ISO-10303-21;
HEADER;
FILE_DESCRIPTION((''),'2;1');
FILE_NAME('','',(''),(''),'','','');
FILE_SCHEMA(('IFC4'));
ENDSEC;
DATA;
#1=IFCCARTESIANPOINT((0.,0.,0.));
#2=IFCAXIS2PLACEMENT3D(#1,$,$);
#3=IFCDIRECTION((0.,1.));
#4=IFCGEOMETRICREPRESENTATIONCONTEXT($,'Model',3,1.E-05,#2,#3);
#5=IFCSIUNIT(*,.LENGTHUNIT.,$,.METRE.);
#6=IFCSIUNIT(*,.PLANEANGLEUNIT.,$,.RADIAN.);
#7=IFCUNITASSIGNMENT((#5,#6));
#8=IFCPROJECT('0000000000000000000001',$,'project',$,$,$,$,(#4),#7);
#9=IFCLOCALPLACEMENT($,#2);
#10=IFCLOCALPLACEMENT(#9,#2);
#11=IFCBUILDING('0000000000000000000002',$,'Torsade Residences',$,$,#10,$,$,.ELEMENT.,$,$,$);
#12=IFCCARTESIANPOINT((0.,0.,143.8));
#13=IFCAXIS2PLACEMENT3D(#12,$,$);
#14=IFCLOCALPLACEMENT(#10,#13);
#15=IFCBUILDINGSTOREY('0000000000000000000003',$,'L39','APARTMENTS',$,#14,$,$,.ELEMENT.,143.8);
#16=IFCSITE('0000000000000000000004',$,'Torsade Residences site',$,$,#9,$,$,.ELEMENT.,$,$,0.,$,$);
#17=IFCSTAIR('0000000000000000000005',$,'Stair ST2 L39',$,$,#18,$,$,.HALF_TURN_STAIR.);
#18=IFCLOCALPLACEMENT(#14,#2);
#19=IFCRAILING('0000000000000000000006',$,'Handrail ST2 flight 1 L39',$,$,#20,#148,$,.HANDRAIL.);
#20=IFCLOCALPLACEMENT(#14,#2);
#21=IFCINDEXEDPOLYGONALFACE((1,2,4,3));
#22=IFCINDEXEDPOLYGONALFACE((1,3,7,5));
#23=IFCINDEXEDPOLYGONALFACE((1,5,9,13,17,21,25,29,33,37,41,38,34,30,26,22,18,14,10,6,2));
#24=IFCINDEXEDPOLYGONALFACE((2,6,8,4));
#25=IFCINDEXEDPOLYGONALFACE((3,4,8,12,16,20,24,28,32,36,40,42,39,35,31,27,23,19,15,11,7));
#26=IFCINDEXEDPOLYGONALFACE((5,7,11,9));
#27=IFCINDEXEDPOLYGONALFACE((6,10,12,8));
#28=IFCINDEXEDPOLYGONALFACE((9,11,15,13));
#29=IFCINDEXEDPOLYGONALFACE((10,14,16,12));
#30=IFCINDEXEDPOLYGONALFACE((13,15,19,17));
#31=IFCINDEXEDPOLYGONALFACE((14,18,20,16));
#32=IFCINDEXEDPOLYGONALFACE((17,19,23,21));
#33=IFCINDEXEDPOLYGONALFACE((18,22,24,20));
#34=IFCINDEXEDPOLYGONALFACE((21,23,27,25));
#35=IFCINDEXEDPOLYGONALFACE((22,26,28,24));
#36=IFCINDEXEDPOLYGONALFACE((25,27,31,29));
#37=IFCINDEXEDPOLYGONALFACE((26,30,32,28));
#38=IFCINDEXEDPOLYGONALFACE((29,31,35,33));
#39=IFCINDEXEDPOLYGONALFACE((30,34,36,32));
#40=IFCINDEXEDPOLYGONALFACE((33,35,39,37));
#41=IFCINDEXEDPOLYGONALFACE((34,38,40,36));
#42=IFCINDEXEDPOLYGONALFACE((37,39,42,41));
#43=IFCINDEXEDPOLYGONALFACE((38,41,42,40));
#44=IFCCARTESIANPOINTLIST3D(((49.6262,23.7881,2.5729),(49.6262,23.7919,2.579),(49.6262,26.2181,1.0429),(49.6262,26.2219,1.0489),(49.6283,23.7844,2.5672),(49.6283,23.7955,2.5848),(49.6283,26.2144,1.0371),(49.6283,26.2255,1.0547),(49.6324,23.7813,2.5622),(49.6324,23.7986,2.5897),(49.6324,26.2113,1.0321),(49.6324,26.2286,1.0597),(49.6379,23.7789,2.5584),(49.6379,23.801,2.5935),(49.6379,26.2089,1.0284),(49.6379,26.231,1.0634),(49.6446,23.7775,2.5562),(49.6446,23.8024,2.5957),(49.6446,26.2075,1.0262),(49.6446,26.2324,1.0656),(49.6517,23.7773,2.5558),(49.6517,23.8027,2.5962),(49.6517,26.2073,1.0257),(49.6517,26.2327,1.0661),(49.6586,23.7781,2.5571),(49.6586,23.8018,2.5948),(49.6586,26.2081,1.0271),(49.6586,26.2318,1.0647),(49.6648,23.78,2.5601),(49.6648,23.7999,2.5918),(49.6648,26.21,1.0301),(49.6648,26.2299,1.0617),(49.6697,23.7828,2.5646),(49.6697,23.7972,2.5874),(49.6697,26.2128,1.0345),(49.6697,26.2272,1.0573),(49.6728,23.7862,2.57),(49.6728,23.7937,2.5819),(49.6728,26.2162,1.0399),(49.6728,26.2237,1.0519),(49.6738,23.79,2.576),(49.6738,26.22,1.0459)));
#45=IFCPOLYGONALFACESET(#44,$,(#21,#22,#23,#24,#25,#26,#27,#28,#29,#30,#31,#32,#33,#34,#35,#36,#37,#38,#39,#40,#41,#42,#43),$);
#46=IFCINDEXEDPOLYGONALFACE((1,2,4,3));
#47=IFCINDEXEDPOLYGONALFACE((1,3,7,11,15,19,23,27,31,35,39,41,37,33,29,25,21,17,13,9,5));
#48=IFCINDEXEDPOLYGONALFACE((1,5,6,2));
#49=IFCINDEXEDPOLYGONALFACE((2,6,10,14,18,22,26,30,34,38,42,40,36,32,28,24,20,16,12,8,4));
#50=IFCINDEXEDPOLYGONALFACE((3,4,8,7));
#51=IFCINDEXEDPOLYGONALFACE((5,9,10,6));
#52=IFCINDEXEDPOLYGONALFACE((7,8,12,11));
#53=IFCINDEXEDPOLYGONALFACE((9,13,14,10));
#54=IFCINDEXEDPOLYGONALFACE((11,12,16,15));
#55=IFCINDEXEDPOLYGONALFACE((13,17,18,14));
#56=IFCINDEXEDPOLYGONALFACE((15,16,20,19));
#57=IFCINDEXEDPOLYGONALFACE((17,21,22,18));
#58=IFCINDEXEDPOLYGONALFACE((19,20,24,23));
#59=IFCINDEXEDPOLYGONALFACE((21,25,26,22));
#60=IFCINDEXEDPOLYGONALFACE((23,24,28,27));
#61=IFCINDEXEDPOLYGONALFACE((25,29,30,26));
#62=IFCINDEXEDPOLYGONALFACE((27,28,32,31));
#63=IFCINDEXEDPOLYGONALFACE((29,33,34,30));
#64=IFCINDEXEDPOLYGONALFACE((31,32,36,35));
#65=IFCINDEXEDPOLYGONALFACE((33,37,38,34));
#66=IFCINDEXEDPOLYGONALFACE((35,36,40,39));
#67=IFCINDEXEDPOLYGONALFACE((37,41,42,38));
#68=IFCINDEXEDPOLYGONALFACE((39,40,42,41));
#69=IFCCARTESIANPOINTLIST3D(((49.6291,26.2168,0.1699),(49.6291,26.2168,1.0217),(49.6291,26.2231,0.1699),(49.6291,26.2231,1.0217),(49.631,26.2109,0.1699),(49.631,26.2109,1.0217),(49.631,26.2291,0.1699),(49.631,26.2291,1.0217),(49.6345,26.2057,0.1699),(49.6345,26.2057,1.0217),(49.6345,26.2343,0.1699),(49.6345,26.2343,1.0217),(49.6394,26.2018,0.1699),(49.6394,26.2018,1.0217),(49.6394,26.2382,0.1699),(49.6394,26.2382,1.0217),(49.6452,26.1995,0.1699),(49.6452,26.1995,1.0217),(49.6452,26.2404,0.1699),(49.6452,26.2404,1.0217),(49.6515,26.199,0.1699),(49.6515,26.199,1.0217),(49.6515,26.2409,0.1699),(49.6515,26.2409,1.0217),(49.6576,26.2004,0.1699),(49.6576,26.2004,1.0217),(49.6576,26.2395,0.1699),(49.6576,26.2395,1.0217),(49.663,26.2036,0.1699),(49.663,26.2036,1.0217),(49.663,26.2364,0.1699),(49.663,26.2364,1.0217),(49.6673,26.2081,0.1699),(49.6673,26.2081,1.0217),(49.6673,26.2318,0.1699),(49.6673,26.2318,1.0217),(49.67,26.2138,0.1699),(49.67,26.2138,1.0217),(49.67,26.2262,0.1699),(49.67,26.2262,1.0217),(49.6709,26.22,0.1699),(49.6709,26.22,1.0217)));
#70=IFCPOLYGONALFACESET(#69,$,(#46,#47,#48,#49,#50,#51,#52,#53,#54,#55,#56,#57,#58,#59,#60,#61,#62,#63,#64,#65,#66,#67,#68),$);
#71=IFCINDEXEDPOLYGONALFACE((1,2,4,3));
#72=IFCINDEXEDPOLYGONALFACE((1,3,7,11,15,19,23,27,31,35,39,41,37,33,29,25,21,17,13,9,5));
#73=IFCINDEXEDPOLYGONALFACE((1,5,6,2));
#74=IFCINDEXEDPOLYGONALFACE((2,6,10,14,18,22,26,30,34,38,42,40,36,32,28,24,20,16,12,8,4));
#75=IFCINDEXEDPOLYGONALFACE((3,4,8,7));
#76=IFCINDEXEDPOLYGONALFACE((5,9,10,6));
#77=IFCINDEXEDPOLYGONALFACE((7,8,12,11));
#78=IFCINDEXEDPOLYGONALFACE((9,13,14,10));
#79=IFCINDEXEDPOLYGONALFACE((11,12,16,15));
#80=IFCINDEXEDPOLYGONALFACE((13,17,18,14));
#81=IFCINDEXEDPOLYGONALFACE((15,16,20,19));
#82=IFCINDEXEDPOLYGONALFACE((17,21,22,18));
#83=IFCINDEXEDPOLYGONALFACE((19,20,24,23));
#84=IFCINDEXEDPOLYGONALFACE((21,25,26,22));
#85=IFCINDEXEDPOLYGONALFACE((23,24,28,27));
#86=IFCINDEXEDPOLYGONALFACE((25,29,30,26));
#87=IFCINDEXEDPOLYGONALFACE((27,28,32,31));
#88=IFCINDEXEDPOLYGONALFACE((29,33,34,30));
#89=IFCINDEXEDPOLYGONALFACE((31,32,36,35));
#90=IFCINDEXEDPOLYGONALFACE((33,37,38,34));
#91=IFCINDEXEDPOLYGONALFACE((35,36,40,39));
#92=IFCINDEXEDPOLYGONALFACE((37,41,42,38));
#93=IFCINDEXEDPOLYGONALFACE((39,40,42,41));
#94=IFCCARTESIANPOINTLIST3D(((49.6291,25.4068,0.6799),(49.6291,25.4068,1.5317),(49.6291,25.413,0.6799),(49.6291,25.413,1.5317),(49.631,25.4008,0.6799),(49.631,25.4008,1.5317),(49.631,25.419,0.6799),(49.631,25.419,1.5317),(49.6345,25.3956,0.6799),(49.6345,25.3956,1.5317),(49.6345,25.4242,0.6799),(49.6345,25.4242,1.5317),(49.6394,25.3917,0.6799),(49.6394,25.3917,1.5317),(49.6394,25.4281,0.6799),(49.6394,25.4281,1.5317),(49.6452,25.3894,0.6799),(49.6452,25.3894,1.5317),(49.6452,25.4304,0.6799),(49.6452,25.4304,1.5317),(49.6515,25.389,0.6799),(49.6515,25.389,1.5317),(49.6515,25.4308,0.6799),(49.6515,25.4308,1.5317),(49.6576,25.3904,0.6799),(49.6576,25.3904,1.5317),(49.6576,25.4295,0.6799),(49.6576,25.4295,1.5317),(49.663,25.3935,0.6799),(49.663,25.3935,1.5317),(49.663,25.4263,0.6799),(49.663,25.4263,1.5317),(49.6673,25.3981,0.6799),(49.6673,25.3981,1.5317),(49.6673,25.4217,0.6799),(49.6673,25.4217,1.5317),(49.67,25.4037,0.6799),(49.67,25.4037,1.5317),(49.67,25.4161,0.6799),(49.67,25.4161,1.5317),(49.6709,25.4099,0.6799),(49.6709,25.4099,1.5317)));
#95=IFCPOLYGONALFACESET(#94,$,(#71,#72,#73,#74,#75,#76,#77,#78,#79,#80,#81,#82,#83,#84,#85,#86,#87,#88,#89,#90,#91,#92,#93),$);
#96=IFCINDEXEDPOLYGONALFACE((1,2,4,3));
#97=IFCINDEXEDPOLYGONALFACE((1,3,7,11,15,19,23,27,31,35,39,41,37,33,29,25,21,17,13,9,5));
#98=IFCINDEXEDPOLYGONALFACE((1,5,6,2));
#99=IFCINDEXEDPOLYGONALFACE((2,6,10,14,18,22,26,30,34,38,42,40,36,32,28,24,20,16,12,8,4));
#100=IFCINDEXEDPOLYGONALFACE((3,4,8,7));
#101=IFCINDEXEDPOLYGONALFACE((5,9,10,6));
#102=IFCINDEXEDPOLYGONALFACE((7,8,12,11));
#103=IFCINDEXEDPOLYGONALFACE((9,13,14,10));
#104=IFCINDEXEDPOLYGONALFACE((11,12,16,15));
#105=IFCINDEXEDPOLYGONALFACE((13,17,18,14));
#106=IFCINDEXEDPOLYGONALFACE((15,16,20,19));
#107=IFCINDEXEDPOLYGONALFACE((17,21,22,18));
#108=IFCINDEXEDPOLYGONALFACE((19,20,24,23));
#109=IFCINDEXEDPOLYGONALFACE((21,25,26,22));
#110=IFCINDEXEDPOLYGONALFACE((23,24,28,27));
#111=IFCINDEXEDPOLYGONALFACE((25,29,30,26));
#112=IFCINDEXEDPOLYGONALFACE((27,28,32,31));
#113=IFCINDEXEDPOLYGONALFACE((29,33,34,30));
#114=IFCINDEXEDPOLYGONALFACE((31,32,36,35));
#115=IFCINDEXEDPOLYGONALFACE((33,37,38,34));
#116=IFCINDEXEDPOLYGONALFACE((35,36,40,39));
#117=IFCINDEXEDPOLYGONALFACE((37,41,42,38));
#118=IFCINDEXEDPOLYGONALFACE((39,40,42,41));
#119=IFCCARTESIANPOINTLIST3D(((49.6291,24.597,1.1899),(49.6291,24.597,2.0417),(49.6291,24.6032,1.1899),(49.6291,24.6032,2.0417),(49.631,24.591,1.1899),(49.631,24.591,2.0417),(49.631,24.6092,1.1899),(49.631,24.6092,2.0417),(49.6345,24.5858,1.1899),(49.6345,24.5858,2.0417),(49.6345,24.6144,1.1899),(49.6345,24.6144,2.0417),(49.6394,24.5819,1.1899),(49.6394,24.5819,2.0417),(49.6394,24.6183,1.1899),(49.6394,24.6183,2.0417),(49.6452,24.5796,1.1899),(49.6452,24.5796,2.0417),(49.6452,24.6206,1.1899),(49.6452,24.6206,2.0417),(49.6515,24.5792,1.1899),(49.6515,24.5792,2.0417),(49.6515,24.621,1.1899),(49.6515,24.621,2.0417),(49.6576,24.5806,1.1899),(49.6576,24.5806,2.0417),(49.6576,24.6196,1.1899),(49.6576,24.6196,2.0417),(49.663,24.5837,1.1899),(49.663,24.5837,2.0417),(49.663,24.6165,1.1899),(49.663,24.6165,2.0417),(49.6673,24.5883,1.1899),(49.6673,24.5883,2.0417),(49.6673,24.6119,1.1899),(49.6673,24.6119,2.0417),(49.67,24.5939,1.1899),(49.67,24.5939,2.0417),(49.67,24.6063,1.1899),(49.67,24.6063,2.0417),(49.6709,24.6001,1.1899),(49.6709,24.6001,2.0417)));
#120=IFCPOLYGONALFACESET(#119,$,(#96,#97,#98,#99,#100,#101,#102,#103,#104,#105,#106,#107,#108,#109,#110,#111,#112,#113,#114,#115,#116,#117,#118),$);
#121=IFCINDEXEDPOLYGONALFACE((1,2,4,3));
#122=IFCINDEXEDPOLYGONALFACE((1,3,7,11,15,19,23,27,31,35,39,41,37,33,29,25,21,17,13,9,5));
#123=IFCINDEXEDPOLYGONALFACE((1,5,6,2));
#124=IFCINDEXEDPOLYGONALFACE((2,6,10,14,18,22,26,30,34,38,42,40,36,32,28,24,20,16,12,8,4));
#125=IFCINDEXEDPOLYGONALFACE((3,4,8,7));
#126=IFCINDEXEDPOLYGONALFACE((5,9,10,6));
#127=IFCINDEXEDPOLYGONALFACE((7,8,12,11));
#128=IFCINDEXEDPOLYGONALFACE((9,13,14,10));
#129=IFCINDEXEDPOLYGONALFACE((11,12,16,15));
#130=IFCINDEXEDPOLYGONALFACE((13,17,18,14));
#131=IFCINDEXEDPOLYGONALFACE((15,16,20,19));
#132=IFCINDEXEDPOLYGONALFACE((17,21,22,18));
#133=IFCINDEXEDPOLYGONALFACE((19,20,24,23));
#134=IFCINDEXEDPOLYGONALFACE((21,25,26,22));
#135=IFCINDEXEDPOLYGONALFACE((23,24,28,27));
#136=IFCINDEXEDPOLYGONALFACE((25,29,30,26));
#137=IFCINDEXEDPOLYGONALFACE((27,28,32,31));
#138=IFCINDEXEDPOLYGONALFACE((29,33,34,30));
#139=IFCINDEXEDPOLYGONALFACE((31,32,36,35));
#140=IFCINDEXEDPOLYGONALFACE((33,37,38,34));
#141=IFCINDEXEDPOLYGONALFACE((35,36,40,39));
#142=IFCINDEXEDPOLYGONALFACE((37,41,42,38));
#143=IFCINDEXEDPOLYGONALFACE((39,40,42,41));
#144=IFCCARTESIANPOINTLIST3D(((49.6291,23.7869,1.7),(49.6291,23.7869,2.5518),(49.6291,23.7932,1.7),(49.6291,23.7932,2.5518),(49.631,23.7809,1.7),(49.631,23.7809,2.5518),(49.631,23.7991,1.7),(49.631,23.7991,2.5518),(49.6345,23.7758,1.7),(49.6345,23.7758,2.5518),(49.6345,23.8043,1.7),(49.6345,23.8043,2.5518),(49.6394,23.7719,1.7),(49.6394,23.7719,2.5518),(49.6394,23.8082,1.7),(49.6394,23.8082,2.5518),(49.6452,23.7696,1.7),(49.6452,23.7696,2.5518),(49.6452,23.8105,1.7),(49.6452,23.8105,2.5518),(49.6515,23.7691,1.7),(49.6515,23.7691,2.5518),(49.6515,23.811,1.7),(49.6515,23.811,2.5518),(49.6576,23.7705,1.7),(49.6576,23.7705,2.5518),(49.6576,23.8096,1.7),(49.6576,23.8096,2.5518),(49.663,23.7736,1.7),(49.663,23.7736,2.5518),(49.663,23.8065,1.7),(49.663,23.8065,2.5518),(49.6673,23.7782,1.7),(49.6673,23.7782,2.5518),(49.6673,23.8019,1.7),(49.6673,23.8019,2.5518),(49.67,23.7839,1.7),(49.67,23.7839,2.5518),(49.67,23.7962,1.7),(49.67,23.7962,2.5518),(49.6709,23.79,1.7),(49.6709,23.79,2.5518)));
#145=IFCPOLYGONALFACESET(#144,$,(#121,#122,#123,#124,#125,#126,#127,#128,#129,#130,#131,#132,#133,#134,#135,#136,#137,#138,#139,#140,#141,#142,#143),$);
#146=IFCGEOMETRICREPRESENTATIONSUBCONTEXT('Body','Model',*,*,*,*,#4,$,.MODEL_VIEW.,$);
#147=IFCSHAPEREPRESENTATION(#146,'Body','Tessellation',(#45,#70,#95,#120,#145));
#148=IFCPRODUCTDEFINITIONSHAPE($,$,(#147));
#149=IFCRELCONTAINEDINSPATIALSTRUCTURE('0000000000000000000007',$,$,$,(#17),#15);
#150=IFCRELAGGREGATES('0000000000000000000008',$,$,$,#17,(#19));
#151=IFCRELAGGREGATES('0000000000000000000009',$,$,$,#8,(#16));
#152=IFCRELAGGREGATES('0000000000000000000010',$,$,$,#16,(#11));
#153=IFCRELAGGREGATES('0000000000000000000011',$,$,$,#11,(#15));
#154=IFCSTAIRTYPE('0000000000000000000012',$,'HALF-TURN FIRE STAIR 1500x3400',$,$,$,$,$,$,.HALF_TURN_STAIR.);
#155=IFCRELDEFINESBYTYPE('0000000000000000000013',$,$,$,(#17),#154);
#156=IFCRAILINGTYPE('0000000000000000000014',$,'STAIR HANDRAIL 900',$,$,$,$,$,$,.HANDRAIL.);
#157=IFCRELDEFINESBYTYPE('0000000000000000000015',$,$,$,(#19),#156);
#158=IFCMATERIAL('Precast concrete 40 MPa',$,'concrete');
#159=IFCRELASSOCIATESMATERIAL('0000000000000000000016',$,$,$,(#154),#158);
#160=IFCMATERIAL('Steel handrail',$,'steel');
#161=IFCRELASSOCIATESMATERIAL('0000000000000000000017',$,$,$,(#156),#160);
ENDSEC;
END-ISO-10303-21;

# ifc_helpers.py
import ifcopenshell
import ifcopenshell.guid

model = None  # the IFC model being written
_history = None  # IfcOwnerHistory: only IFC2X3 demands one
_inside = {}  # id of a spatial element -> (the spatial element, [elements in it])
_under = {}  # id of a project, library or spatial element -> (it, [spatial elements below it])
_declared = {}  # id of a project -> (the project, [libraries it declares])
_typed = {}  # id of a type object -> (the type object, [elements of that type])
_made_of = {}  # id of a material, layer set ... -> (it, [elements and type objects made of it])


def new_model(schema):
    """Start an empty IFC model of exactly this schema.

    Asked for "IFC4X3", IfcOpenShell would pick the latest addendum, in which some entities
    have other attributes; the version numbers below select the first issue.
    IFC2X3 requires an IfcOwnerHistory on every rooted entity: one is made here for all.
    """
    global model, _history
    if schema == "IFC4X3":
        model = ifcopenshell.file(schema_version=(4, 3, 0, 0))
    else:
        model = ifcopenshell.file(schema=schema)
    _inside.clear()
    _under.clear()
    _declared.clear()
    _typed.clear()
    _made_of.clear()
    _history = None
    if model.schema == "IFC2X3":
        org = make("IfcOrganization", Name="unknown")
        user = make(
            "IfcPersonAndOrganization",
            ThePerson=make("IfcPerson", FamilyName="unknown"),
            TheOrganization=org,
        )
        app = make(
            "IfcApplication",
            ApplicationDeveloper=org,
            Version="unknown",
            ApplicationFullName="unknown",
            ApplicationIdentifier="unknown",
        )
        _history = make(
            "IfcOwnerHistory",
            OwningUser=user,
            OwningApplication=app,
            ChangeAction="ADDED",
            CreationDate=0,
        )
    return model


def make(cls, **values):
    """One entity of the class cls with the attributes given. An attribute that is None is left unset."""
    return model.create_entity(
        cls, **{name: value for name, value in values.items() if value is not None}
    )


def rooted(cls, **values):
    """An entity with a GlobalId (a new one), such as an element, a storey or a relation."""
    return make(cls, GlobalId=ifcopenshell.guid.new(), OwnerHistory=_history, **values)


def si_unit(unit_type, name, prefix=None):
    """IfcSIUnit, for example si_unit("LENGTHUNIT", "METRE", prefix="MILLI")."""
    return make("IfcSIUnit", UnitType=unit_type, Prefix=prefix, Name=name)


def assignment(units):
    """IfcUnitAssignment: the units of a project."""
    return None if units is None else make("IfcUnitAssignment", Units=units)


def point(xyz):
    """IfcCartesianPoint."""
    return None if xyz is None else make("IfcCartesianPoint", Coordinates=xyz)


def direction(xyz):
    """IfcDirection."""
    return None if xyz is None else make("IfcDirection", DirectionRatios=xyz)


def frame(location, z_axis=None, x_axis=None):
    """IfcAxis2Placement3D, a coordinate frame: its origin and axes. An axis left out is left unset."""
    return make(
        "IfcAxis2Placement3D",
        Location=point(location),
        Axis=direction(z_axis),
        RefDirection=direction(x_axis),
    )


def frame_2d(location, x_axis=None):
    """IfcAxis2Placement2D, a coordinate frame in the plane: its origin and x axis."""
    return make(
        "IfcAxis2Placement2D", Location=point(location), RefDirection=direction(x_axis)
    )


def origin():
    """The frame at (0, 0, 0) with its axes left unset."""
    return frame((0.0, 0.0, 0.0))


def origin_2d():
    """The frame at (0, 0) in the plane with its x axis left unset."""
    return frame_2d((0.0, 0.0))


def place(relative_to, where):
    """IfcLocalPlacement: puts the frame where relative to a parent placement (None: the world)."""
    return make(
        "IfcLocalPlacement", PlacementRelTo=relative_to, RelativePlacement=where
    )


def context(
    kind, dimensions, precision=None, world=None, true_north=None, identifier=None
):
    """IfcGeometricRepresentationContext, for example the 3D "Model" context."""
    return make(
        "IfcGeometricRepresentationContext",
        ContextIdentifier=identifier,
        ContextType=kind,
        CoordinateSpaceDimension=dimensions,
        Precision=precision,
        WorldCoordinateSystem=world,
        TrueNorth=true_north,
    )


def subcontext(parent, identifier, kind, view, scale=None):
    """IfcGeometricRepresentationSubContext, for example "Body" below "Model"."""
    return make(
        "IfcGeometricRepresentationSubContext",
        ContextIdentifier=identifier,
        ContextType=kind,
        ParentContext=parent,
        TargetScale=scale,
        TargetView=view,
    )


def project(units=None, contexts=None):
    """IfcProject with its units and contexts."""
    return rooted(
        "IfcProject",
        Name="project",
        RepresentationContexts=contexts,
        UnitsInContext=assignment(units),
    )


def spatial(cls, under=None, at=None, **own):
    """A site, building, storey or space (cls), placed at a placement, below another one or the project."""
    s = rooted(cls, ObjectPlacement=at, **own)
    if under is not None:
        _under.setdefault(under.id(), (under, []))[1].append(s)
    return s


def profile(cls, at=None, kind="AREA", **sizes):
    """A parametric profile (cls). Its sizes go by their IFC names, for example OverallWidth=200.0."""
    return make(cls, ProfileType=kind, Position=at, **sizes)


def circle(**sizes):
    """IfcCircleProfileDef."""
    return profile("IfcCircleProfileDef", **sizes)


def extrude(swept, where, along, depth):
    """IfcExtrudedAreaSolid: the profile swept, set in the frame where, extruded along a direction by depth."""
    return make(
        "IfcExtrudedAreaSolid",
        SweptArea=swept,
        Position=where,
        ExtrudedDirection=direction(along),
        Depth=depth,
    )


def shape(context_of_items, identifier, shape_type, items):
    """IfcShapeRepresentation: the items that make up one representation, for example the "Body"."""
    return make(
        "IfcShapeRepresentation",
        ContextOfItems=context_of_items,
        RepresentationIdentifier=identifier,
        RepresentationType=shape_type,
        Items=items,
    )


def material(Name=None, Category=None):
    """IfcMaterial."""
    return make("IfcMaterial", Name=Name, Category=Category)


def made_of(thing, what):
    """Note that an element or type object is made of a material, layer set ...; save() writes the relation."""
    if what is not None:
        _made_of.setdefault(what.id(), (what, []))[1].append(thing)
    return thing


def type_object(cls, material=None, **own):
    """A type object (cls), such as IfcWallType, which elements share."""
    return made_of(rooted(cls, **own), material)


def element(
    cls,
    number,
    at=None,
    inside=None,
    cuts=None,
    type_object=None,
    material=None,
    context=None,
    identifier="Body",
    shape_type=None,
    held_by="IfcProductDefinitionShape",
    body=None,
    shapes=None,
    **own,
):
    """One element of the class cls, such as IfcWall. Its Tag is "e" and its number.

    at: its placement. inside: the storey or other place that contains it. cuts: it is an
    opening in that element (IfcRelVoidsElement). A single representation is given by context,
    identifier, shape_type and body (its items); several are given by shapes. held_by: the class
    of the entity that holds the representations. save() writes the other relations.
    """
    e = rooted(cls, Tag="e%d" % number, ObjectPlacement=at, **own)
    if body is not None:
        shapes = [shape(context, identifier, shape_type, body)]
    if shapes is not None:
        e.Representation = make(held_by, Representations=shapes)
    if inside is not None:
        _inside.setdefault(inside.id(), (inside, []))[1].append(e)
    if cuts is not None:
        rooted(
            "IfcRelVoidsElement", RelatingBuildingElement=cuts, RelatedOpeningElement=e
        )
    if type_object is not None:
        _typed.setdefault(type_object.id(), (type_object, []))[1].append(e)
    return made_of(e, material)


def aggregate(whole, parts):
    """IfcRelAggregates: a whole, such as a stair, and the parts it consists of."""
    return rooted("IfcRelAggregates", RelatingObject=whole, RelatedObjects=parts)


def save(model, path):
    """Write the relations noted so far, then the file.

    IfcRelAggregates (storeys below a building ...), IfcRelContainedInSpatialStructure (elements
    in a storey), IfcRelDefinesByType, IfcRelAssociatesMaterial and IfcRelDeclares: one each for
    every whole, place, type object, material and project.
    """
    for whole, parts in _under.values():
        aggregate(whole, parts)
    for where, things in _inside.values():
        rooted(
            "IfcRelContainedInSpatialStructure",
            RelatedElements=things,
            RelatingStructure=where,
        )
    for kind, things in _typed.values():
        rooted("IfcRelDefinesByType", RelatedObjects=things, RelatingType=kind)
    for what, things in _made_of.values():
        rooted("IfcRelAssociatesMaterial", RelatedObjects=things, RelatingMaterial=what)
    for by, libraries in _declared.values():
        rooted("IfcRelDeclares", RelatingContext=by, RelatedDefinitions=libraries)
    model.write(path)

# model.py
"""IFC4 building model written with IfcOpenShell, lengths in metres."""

from ifc_helpers import new_model, si_unit, direction, frame, origin, origin_2d, place, context, subcontext, project, spatial, circle, extrude, material, type_object, element, aggregate, save


model = new_model("IFC4")

# Units and contexts
model_context = context("Model", 3, precision=1e-05, world=origin(), true_north=direction((0.0, 1.0)))
body_context = subcontext(model_context, "Body", "Model", "MODEL_VIEW")
ifc_project = project(units=[si_unit("LENGTHUNIT", "METRE"), si_unit("PLANEANGLEUNIT", "RADIAN")], contexts=[model_context])

# Site, building, storey
site_placement = place(None, origin())
site = spatial("IfcSite", under=ifc_project, at=site_placement, Name="Torsade Residences site", CompositionType="ELEMENT", RefElevation=0.0)
building_placement = place(site_placement, origin())
building = spatial("IfcBuilding", under=site, at=building_placement, Name="Torsade Residences", CompositionType="ELEMENT")
storey_placement = place(building_placement, frame((0.0, 0.0, 143.8)))
storey = spatial("IfcBuildingStorey", under=building, at=storey_placement, Name="L39", Description="APARTMENTS", CompositionType="ELEMENT", Elevation=143.8)

# Stair, railing
ifc_material_1 = material(Name="Precast concrete 40 MPa", Category="concrete")
stair_type = type_object("IfcStairType", Name="HALF-TURN FIRE STAIR 1500x3400", PredefinedType="HALF_TURN_STAIR", material=ifc_material_1)
stair_placement = place(storey_placement, origin())
stair = element("IfcStair", 1, at=stair_placement, inside=storey, type_object=stair_type, Name="Stair ST2 L39", PredefinedType="HALF_TURN_STAIR")
ifc_material_2 = material(Name="Steel handrail", Category="steel")
railing_type = type_object("IfcRailingType", Name="STAIR HANDRAIL 900", PredefinedType="HANDRAIL", material=ifc_material_2)
railing_1_placement = place(storey_placement, frame((49.6499, 26.22, 0.1699)))
railing_1 = element("IfcRailing", 2, at=railing_1_placement, type_object=railing_type, Name="Handrail ST2 flight 1 L39", PredefinedType="HANDRAIL", context=body_context, shape_type="SweptSolid", body=[
    extrude(circle(Radius=0.0239, at=origin_2d()), frame((0.0, 0.0, 0.876), z_axis=(0.0, -0.846221, 0.532831), x_axis=(1.0, 0.0, 0.0)), (0.0, 0.0, 1.0), 2.8716),
    extrude(circle(Radius=0.021, at=origin_2d()), origin(), (0.0, 0.0, 1.0), 0.8518),
    extrude(circle(Radius=0.021, at=origin_2d()), frame((0.0, -0.8101, 0.51)), (0.0, 0.0, 1.0), 0.8518),
    extrude(circle(Radius=0.021, at=origin_2d()), frame((0.0, -1.6199, 1.02)), (0.0, 0.0, 1.0), 0.8518),
    extrude(circle(Radius=0.021, at=origin_2d()), frame((0.0, -2.4299, 1.53)), (0.0, 0.0, 1.0), 0.8518),
])
aggregate(stair, [railing_1])

save(model, "model.ifc")
